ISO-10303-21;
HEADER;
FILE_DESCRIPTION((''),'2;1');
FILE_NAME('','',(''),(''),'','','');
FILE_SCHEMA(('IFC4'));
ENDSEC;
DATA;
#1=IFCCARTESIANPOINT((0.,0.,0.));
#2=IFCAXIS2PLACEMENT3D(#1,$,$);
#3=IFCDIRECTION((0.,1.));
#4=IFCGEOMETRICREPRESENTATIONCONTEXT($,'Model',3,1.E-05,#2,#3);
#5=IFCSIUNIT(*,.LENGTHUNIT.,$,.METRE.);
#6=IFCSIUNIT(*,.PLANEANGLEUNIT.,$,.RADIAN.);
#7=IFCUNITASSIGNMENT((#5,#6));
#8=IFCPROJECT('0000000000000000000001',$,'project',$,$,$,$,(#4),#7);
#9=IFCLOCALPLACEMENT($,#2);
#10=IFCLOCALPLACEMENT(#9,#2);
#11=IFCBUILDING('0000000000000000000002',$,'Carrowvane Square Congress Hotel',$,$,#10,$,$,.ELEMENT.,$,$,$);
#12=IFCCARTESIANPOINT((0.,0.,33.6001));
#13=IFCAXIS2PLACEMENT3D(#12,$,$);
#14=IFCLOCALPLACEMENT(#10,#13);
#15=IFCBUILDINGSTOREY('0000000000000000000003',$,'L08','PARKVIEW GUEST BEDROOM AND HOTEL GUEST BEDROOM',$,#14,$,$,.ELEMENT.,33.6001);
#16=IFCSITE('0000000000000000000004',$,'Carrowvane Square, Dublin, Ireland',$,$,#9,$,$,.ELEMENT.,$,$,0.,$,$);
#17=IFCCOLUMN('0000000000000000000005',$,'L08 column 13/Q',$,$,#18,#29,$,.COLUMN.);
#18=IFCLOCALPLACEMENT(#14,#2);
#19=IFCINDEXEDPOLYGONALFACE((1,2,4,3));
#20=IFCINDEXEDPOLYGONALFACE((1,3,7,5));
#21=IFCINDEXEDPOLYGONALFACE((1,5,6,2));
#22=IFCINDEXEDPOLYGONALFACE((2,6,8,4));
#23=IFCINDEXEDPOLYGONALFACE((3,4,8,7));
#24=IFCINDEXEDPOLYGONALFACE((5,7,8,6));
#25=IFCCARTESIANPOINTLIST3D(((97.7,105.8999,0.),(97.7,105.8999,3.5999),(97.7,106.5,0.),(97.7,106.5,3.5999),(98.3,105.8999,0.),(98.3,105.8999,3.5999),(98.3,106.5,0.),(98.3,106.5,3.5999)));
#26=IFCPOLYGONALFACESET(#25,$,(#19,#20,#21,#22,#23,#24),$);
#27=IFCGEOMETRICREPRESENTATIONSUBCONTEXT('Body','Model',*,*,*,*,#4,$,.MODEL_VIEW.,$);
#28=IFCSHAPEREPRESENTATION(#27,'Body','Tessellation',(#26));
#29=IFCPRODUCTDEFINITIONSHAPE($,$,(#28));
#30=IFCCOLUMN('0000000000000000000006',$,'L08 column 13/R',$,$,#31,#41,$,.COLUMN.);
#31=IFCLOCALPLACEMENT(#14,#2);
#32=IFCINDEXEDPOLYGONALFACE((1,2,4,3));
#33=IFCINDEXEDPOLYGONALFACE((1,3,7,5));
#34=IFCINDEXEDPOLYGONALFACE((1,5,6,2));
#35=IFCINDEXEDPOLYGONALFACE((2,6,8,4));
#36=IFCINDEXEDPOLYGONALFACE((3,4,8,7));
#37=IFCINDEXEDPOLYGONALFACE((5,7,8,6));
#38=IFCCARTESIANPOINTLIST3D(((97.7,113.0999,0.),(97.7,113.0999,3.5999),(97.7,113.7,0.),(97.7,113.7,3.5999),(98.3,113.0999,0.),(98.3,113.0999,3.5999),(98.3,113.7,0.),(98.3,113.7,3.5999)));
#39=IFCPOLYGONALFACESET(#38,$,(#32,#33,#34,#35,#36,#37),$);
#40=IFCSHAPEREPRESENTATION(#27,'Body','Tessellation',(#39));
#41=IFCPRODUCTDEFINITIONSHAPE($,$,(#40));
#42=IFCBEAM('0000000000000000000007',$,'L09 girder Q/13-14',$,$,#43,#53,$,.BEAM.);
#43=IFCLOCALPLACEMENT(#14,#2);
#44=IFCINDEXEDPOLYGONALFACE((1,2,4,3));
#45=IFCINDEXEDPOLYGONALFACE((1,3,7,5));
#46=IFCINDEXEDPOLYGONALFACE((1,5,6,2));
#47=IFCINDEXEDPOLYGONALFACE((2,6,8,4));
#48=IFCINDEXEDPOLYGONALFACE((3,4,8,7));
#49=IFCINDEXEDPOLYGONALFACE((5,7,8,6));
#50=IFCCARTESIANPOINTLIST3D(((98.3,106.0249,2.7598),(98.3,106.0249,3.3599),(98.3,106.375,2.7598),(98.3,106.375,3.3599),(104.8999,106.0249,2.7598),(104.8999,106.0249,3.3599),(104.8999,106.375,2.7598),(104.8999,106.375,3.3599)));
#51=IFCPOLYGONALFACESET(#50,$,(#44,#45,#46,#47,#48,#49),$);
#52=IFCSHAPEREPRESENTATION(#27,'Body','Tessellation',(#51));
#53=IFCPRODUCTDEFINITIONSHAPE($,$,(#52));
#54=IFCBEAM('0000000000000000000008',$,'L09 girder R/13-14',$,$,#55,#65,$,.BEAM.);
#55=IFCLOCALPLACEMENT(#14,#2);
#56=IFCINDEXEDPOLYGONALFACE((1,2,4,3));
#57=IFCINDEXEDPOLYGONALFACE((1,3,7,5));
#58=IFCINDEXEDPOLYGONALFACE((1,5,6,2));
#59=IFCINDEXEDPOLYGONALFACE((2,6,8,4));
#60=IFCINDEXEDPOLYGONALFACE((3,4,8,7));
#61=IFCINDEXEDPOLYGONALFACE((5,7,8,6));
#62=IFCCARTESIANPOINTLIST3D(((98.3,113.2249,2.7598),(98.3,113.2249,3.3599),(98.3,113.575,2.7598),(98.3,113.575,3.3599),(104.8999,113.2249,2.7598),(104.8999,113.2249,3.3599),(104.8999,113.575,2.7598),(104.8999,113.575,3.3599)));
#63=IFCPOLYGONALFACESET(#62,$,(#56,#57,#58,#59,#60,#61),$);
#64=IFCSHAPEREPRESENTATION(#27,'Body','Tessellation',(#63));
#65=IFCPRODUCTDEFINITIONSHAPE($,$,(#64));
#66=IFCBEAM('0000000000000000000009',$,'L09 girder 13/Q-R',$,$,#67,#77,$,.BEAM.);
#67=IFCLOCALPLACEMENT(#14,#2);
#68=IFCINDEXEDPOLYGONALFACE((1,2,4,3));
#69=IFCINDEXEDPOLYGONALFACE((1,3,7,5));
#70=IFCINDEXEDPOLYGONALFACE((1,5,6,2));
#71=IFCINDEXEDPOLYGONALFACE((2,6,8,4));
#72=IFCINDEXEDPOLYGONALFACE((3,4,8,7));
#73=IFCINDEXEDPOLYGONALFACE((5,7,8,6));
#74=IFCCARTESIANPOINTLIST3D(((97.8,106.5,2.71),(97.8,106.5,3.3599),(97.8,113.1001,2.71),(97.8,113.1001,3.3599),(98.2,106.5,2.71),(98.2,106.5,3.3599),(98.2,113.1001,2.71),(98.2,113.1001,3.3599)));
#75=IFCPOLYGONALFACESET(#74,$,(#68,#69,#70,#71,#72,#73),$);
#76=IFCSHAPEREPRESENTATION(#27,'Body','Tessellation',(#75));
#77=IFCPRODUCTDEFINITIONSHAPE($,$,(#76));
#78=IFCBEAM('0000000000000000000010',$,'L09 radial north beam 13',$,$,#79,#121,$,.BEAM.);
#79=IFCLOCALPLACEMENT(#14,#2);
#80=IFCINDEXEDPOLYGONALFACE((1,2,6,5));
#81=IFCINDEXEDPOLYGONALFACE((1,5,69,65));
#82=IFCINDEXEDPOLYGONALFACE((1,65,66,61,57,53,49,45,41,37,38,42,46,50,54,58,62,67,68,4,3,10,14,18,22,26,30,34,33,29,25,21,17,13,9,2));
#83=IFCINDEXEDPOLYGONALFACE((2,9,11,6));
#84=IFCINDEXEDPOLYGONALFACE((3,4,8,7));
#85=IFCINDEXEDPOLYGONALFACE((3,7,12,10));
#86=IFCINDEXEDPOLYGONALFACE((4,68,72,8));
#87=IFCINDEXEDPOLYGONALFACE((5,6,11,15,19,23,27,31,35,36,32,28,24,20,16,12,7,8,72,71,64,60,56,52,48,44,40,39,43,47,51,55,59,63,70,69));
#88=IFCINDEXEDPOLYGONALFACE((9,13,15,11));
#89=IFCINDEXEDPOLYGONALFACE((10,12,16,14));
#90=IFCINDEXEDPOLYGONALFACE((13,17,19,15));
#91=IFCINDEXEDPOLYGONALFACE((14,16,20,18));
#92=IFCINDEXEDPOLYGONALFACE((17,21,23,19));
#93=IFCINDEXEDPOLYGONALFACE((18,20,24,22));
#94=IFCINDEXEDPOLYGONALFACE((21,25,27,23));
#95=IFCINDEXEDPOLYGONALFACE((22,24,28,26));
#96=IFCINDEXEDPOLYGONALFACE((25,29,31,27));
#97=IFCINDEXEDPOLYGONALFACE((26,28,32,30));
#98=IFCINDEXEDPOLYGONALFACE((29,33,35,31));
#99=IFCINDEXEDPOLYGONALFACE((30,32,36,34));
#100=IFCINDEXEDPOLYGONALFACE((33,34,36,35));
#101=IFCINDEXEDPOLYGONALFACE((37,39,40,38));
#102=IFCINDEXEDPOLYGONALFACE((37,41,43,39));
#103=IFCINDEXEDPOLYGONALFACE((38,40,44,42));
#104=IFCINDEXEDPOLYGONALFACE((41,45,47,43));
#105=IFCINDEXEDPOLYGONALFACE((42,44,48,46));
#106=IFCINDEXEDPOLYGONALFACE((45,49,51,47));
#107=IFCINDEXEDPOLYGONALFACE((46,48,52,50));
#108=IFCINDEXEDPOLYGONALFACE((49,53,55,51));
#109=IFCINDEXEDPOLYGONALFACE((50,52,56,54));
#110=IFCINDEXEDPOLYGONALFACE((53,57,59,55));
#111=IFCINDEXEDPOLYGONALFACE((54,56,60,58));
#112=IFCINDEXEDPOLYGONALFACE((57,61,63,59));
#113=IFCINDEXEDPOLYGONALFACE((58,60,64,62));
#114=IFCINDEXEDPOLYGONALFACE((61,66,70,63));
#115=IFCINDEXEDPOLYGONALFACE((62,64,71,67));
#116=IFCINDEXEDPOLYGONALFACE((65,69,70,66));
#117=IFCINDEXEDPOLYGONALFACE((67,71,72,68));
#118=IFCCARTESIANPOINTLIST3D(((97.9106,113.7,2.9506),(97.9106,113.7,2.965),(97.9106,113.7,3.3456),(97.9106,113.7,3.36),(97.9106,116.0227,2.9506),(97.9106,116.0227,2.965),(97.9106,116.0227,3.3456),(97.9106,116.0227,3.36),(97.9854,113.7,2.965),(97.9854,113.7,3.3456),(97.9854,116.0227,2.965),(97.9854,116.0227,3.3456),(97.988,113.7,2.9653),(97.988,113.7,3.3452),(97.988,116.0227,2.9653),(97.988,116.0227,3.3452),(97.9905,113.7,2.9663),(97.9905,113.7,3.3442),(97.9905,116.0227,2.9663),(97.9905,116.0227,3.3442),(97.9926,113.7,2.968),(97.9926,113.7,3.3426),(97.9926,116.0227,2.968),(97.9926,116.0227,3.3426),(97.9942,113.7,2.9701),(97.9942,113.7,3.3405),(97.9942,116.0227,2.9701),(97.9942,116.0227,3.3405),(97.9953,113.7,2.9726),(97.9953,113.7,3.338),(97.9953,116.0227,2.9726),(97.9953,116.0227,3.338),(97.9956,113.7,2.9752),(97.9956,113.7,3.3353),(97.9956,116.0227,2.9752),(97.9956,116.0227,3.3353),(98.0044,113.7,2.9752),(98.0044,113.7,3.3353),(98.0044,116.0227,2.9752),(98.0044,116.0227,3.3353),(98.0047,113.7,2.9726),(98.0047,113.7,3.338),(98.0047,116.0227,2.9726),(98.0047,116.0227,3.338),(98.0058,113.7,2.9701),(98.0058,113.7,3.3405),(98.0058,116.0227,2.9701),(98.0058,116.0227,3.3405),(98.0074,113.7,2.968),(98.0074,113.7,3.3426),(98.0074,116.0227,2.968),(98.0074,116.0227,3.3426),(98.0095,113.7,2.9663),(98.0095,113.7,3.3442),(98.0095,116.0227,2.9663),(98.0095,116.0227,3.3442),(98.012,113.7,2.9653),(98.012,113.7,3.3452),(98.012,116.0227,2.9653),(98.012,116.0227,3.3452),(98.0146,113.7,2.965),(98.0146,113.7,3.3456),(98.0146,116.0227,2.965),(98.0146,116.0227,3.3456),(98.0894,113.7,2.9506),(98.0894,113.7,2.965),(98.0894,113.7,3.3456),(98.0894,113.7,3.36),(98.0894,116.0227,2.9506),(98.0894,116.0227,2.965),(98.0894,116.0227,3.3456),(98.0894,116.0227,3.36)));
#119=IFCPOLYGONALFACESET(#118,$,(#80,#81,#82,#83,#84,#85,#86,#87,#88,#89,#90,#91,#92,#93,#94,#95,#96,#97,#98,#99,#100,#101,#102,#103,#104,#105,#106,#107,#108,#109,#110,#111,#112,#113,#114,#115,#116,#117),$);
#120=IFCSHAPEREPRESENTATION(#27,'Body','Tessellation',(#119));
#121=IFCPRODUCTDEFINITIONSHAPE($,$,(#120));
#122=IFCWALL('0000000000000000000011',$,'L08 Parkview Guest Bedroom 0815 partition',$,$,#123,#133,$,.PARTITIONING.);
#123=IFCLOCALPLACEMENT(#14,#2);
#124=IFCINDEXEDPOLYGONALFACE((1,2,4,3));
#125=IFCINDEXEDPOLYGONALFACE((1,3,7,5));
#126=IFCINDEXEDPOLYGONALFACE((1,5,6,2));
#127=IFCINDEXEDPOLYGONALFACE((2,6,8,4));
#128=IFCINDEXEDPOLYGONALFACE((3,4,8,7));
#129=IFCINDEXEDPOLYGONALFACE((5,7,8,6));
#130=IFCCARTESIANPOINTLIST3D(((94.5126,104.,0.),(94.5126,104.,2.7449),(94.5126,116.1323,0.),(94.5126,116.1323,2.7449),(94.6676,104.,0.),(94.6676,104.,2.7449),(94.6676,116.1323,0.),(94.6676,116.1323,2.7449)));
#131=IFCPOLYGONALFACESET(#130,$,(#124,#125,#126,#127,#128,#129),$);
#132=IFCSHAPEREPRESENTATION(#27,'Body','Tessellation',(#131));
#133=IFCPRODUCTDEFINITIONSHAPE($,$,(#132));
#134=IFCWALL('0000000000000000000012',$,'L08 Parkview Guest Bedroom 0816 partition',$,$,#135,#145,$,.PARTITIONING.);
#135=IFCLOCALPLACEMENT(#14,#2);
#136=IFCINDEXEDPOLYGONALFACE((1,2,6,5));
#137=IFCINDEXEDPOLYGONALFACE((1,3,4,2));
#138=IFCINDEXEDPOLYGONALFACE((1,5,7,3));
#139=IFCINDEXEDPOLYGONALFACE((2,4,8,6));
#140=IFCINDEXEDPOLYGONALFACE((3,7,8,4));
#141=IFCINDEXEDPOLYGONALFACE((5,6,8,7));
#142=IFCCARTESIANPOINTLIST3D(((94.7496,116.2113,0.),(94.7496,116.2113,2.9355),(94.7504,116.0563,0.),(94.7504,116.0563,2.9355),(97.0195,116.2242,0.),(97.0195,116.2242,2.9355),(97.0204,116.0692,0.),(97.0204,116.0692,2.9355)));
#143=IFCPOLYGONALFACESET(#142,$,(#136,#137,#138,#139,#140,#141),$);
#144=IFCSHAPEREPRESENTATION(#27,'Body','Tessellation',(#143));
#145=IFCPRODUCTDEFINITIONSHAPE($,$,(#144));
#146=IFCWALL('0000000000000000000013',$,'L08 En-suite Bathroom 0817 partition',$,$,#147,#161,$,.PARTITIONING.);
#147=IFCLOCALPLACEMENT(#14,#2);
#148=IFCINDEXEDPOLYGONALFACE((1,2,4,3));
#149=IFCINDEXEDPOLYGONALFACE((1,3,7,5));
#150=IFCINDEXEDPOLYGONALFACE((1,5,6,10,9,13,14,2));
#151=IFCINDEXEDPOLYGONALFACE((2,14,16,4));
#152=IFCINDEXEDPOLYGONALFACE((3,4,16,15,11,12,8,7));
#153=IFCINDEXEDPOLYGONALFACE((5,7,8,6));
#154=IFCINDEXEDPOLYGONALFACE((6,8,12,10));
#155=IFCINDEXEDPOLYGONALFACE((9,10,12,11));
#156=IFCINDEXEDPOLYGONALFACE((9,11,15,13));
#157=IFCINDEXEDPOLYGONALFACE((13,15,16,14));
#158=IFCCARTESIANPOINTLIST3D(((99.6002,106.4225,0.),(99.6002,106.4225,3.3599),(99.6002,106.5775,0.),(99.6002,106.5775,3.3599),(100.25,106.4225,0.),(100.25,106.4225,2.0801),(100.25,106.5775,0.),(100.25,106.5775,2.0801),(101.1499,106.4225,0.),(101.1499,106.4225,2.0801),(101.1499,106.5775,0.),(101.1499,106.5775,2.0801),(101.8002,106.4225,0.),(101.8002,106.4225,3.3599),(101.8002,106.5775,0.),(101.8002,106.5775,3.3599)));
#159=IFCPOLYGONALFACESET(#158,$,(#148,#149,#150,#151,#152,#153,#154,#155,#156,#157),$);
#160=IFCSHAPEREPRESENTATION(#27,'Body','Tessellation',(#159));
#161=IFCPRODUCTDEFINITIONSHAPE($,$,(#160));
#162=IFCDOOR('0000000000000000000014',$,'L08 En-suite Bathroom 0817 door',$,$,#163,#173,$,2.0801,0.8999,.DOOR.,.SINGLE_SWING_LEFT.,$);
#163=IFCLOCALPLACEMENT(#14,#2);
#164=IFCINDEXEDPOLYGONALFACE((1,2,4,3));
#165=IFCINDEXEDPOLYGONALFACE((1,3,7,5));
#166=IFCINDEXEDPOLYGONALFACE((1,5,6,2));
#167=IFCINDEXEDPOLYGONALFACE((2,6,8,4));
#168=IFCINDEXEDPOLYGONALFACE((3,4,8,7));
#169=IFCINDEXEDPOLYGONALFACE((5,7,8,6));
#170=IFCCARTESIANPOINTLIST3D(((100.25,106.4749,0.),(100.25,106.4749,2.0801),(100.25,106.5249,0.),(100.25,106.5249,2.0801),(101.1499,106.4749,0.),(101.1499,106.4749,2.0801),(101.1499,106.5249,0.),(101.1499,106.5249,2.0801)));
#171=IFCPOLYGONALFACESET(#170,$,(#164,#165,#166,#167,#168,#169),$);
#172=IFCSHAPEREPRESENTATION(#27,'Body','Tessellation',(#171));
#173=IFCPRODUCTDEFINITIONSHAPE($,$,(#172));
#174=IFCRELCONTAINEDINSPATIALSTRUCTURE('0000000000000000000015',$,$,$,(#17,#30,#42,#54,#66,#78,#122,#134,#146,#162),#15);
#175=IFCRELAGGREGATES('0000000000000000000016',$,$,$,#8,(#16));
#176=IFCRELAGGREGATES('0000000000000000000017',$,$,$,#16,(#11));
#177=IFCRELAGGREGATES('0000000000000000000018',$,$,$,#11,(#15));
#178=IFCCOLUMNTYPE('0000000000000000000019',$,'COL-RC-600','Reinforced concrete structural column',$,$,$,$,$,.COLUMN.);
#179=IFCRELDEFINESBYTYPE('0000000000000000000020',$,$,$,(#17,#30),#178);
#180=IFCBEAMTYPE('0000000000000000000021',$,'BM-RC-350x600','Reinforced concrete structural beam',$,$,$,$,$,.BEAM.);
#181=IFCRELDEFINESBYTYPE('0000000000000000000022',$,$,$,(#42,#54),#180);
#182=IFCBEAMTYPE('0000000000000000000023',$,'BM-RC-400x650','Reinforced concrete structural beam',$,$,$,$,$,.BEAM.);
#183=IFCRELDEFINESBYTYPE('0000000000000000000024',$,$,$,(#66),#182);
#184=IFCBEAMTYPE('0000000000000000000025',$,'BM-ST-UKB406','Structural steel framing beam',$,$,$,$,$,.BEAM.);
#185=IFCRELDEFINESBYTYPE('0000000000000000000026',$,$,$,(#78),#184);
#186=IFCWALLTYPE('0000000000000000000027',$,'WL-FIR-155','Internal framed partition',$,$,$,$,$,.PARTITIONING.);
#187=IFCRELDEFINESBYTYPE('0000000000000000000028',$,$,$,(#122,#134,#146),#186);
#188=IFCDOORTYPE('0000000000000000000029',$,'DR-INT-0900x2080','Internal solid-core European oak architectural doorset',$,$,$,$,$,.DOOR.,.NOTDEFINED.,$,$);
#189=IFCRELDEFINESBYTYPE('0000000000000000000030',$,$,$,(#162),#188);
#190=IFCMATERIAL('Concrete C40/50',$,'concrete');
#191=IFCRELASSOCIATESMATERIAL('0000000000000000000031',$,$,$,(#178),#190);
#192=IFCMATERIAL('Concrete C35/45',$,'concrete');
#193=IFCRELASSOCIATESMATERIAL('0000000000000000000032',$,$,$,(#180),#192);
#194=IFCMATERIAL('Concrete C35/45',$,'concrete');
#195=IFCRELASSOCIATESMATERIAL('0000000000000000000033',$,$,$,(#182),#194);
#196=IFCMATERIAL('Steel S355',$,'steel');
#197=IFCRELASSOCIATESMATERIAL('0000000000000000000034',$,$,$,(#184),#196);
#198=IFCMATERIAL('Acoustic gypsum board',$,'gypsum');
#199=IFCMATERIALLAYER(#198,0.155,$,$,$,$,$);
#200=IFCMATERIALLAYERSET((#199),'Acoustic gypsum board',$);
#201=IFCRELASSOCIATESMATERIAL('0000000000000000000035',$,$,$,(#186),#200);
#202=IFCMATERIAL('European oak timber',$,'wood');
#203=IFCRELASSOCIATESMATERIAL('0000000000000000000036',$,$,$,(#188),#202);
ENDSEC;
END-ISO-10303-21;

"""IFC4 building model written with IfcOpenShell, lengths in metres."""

from ifc_helpers import new_model, si_unit, direction, frame, frame_2d, origin, origin_2d, place, context, subcontext, project, spatial, rectangle, i_section, extrude, material, layer, layer_set, material_profile, profile_set, type_object, element, fill, save


model = new_model("IFC4")

# Units and contexts
model_context = context("Model", 3, precision=1e-05, world=origin(), true_north=direction((0.0, 1.0)))
body_context = subcontext(model_context, "Body", "Model", "MODEL_VIEW")
ifc_project = project(units=[si_unit("LENGTHUNIT", "METRE"), si_unit("PLANEANGLEUNIT", "RADIAN")], contexts=[model_context])

# Site, building, storey
site_placement = place(None, origin())
site = spatial("IfcSite", under=ifc_project, at=site_placement, Name="Carrowvane Square, Dublin, Ireland", CompositionType="ELEMENT", RefElevation=0.0)
building_placement = place(site_placement, origin())
building = spatial("IfcBuilding", under=site, at=building_placement, Name="Carrowvane Square Congress Hotel", CompositionType="ELEMENT")
storey_placement = place(building_placement, frame((0.0, 0.0, 33.6001)))
storey = spatial("IfcBuildingStorey", under=building, at=storey_placement, Name="L08", Description="PARKVIEW GUEST BEDROOM AND HOTEL GUEST BEDROOM", CompositionType="ELEMENT", Elevation=33.6001)

# Columns
ifc_material_1 = material(Name="Concrete C40/50", Category="concrete")
ifc_material_profile_1 = material_profile(ifc_material_1, rectangle(XDim=0.6001, YDim=0.6001, at=origin_2d()), Name="RC 600x600")
ifc_profile_set_1 = profile_set([ifc_material_profile_1], Name="Concrete C40/50")
column_type = type_object("IfcColumnType", Name="COL-RC-600", Description="Reinforced concrete structural column", PredefinedType="COLUMN", material=ifc_profile_set_1)
for number, where, z_axis, x_axis, name in (
    (1, (98.0, 106.2, 0.0), (0.0, 0.0, 1.0), (1.0, 0.0, 0.0), "L08 column 13/Q"),
    (2, (98.0, 113.3999, 0.0), (0.0, 0.0, 1.0), (1.0, 0.0, 0.0), "L08 column 13/R"),
):
    element("IfcColumn", number, at=place(storey_placement, frame(where, z_axis=z_axis, x_axis=x_axis)), inside=storey, type_object=column_type, Name=name, PredefinedType="COLUMN", context=body_context, shape_type="SweptSolid", body=[
        extrude(rectangle(XDim=0.6001, YDim=0.6001, at=origin_2d()), origin(), (0.0, 0.0, 1.0), 3.5999),
    ])

# Beams
ifc_material_2 = material(Name="Concrete C35/45", Category="concrete")
ifc_material_profile_2 = material_profile(ifc_material_2, rectangle(XDim=0.3501, YDim=0.6001, at=origin_2d()), Name="RC 350x600")
ifc_profile_set_2 = profile_set([ifc_material_profile_2], Name="Concrete C35/45")
beam_type_1 = type_object("IfcBeamType", Name="BM-RC-350x600", Description="Reinforced concrete structural beam", PredefinedType="BEAM", material=ifc_profile_set_2)
for number, where, z_axis, x_axis, name in (
    (3, (98.3, 106.2, 3.0598), (1.0, 0.0, 0.0), (0.0, 1.0, 0.0), "L09 girder Q/13-14"),
    (4, (98.3, 113.3999, 3.0598), (1.0, 0.0, 0.0), (0.0, 1.0, 0.0), "L09 girder R/13-14"),
):
    element("IfcBeam", number, at=place(storey_placement, frame(where, z_axis=z_axis, x_axis=x_axis)), inside=storey, type_object=beam_type_1, Name=name, PredefinedType="BEAM", context=body_context, shape_type="SweptSolid", body=[
        extrude(rectangle(XDim=0.3501, YDim=0.6001, at=origin_2d()), origin(), (0.0, 0.0, 1.0), 6.5999),
    ])
ifc_material_3 = material(Name="Concrete C35/45", Category="concrete")
ifc_material_profile_3 = material_profile(ifc_material_3, rectangle(XDim=0.3999, YDim=0.6499, at=origin_2d()), Name="RC 400x650")
ifc_profile_set_3 = profile_set([ifc_material_profile_3], Name="Concrete C35/45")
beam_type_2 = type_object("IfcBeamType", Name="BM-RC-400x650", Description="Reinforced concrete structural beam", PredefinedType="BEAM", material=ifc_profile_set_3)
beam_1_placement = place(storey_placement, frame((98.0, 106.5, 3.0349), z_axis=(0.0, 1.0, 0.0), x_axis=(-1.0, 0.0, 0.0)))
element("IfcBeam", 5, at=beam_1_placement, inside=storey, type_object=beam_type_2, Name="L09 girder 13/Q-R", PredefinedType="BEAM", context=body_context, shape_type="SweptSolid", body=[
    extrude(rectangle(XDim=0.3999, YDim=0.6499, at=origin_2d()), origin(), (0.0, 0.0, 1.0), 6.6001),
])
ifc_material_4 = material(Name="Steel S355", Category="steel")
ifc_material_profile_4 = material_profile(ifc_material_4, i_section(OverallWidth=0.1787, OverallDepth=0.4094, WebThickness=0.0088, FlangeThickness=0.0144, FilletRadius=0.0103, at=origin_2d()), Name="UKB 406x178x67")
ifc_profile_set_4 = profile_set([ifc_material_profile_4], Name="Steel S355")
beam_type_3 = type_object("IfcBeamType", Name="BM-ST-UKB406", Description="Structural steel framing beam", PredefinedType="BEAM", material=ifc_profile_set_4)
beam_2_placement = place(storey_placement, frame((98.0, 113.7, 3.1553), z_axis=(0.0, 1.0, 0.0), x_axis=(-1.0, 0.0, 0.0)))
element("IfcBeam", 6, at=beam_2_placement, inside=storey, type_object=beam_type_3, Name="L09 radial north beam 13", PredefinedType="BEAM", context=body_context, shape_type="SweptSolid", body=[
    extrude(i_section(OverallWidth=0.1787, OverallDepth=0.4094, WebThickness=0.0088, FlangeThickness=0.0144, FilletRadius=0.0103, at=origin_2d()), origin(), (0.0, 0.0, 1.0), 2.3228),
])

# Walls
ifc_material_5 = material(Name="Acoustic gypsum board", Category="gypsum")
ifc_layer_1 = layer(ifc_material_5, 0.155)
ifc_layer_set_1 = layer_set([ifc_layer_1], Name="Acoustic gypsum board")
wall_type_1 = type_object("IfcWallType", Name="WL-FIR-155", Description="Internal framed partition", PredefinedType="PARTITIONING", material=ifc_layer_set_1)
wall_1_placement = place(storey_placement, frame((94.5901, 116.1323, 0.0), z_axis=(0.0, 0.0, 1.0), x_axis=(0.0, -1.0, 0.0)))
element("IfcWall", 7, at=wall_1_placement, inside=storey, type_object=wall_type_1, Name="L08 Parkview Guest Bedroom 0815 partition", PredefinedType="PARTITIONING", context=body_context, shape_type="SweptSolid", body=[
    extrude(rectangle(XDim=12.1323, YDim=0.155, at=frame_2d((6.0662, 0.0))), origin(), (0.0, 0.0, 1.0), 2.7449),
])
wall_2_placement = place(storey_placement, frame((94.75, 116.1338, 0.0), z_axis=(0.0, 0.0, 1.0), x_axis=(0.999984, 0.0057, 0.0)))
element("IfcWall", 8, at=wall_2_placement, inside=storey, type_object=wall_type_1, Name="L08 Parkview Guest Bedroom 0816 partition", PredefinedType="PARTITIONING", context=body_context, shape_type="SweptSolid", body=[
    extrude(rectangle(XDim=2.27, YDim=0.155, at=frame_2d((1.135, 0.0))), origin(), (0.0, 0.0, 1.0), 2.9355),
])

# Wall, opening, door
wall_3_placement = place(storey_placement, frame((99.6001, 106.5, 0.0), z_axis=(0.0, 0.0, 1.0), x_axis=(1.0, 0.0, 0.0)))
wall_3 = element("IfcWall", 9, at=wall_3_placement, inside=storey, type_object=wall_type_1, Name="L08 En-suite Bathroom 0817 partition", PredefinedType="PARTITIONING", context=body_context, shape_type="SweptSolid", body=[
    extrude(rectangle(XDim=2.2, YDim=0.155, at=frame_2d((1.1001, 0.0))), origin(), (0.0, 0.0, 1.0), 3.3599),
])
opening_1_placement = place(wall_3_placement, frame((0.6499, 0.0, 0.0)))
opening_1 = element("IfcOpeningElement", 10, at=opening_1_placement, cuts=wall_3, PredefinedType="OPENING", context=body_context, shape_type="SweptSolid", body=[
    extrude(rectangle(XDim=0.8999, YDim=2.0801, at=frame_2d((0.45, 1.04))), frame((0.0, 0.0874, 0.0), z_axis=(0.0, -1.0, 0.0), x_axis=(1.0, 0.0, 0.0)), (0.0, 0.0, 1.0), 0.175),
])
ifc_material_6 = material(Name="European oak timber", Category="wood")
door_type_1 = type_object("IfcDoorType", Name="DR-INT-0900x2080", Description="Internal solid-core European oak architectural doorset", OperationType="NOTDEFINED", PredefinedType="DOOR", material=ifc_material_6)
door_1_placement = place(opening_1_placement, origin())
door_1 = element("IfcDoor", 11, at=door_1_placement, inside=storey, type_object=door_type_1, Name="L08 En-suite Bathroom 0817 door", OperationType="SINGLE_SWING_LEFT", OverallHeight=2.0801, OverallWidth=0.8999, PredefinedType="DOOR", context=body_context, shape_type="SweptSolid", body=[
    extrude(rectangle(XDim=0.8999, YDim=2.0801, at=frame_2d((0.45, 1.04))), frame((0.0, 0.0249, 0.0), z_axis=(0.0, -1.0, 0.0), x_axis=(1.0, 0.0, 0.0)), (0.0, 0.0, 1.0), 0.05),
])
fill(opening_1, door_1)

save(model, "model.ifc")
